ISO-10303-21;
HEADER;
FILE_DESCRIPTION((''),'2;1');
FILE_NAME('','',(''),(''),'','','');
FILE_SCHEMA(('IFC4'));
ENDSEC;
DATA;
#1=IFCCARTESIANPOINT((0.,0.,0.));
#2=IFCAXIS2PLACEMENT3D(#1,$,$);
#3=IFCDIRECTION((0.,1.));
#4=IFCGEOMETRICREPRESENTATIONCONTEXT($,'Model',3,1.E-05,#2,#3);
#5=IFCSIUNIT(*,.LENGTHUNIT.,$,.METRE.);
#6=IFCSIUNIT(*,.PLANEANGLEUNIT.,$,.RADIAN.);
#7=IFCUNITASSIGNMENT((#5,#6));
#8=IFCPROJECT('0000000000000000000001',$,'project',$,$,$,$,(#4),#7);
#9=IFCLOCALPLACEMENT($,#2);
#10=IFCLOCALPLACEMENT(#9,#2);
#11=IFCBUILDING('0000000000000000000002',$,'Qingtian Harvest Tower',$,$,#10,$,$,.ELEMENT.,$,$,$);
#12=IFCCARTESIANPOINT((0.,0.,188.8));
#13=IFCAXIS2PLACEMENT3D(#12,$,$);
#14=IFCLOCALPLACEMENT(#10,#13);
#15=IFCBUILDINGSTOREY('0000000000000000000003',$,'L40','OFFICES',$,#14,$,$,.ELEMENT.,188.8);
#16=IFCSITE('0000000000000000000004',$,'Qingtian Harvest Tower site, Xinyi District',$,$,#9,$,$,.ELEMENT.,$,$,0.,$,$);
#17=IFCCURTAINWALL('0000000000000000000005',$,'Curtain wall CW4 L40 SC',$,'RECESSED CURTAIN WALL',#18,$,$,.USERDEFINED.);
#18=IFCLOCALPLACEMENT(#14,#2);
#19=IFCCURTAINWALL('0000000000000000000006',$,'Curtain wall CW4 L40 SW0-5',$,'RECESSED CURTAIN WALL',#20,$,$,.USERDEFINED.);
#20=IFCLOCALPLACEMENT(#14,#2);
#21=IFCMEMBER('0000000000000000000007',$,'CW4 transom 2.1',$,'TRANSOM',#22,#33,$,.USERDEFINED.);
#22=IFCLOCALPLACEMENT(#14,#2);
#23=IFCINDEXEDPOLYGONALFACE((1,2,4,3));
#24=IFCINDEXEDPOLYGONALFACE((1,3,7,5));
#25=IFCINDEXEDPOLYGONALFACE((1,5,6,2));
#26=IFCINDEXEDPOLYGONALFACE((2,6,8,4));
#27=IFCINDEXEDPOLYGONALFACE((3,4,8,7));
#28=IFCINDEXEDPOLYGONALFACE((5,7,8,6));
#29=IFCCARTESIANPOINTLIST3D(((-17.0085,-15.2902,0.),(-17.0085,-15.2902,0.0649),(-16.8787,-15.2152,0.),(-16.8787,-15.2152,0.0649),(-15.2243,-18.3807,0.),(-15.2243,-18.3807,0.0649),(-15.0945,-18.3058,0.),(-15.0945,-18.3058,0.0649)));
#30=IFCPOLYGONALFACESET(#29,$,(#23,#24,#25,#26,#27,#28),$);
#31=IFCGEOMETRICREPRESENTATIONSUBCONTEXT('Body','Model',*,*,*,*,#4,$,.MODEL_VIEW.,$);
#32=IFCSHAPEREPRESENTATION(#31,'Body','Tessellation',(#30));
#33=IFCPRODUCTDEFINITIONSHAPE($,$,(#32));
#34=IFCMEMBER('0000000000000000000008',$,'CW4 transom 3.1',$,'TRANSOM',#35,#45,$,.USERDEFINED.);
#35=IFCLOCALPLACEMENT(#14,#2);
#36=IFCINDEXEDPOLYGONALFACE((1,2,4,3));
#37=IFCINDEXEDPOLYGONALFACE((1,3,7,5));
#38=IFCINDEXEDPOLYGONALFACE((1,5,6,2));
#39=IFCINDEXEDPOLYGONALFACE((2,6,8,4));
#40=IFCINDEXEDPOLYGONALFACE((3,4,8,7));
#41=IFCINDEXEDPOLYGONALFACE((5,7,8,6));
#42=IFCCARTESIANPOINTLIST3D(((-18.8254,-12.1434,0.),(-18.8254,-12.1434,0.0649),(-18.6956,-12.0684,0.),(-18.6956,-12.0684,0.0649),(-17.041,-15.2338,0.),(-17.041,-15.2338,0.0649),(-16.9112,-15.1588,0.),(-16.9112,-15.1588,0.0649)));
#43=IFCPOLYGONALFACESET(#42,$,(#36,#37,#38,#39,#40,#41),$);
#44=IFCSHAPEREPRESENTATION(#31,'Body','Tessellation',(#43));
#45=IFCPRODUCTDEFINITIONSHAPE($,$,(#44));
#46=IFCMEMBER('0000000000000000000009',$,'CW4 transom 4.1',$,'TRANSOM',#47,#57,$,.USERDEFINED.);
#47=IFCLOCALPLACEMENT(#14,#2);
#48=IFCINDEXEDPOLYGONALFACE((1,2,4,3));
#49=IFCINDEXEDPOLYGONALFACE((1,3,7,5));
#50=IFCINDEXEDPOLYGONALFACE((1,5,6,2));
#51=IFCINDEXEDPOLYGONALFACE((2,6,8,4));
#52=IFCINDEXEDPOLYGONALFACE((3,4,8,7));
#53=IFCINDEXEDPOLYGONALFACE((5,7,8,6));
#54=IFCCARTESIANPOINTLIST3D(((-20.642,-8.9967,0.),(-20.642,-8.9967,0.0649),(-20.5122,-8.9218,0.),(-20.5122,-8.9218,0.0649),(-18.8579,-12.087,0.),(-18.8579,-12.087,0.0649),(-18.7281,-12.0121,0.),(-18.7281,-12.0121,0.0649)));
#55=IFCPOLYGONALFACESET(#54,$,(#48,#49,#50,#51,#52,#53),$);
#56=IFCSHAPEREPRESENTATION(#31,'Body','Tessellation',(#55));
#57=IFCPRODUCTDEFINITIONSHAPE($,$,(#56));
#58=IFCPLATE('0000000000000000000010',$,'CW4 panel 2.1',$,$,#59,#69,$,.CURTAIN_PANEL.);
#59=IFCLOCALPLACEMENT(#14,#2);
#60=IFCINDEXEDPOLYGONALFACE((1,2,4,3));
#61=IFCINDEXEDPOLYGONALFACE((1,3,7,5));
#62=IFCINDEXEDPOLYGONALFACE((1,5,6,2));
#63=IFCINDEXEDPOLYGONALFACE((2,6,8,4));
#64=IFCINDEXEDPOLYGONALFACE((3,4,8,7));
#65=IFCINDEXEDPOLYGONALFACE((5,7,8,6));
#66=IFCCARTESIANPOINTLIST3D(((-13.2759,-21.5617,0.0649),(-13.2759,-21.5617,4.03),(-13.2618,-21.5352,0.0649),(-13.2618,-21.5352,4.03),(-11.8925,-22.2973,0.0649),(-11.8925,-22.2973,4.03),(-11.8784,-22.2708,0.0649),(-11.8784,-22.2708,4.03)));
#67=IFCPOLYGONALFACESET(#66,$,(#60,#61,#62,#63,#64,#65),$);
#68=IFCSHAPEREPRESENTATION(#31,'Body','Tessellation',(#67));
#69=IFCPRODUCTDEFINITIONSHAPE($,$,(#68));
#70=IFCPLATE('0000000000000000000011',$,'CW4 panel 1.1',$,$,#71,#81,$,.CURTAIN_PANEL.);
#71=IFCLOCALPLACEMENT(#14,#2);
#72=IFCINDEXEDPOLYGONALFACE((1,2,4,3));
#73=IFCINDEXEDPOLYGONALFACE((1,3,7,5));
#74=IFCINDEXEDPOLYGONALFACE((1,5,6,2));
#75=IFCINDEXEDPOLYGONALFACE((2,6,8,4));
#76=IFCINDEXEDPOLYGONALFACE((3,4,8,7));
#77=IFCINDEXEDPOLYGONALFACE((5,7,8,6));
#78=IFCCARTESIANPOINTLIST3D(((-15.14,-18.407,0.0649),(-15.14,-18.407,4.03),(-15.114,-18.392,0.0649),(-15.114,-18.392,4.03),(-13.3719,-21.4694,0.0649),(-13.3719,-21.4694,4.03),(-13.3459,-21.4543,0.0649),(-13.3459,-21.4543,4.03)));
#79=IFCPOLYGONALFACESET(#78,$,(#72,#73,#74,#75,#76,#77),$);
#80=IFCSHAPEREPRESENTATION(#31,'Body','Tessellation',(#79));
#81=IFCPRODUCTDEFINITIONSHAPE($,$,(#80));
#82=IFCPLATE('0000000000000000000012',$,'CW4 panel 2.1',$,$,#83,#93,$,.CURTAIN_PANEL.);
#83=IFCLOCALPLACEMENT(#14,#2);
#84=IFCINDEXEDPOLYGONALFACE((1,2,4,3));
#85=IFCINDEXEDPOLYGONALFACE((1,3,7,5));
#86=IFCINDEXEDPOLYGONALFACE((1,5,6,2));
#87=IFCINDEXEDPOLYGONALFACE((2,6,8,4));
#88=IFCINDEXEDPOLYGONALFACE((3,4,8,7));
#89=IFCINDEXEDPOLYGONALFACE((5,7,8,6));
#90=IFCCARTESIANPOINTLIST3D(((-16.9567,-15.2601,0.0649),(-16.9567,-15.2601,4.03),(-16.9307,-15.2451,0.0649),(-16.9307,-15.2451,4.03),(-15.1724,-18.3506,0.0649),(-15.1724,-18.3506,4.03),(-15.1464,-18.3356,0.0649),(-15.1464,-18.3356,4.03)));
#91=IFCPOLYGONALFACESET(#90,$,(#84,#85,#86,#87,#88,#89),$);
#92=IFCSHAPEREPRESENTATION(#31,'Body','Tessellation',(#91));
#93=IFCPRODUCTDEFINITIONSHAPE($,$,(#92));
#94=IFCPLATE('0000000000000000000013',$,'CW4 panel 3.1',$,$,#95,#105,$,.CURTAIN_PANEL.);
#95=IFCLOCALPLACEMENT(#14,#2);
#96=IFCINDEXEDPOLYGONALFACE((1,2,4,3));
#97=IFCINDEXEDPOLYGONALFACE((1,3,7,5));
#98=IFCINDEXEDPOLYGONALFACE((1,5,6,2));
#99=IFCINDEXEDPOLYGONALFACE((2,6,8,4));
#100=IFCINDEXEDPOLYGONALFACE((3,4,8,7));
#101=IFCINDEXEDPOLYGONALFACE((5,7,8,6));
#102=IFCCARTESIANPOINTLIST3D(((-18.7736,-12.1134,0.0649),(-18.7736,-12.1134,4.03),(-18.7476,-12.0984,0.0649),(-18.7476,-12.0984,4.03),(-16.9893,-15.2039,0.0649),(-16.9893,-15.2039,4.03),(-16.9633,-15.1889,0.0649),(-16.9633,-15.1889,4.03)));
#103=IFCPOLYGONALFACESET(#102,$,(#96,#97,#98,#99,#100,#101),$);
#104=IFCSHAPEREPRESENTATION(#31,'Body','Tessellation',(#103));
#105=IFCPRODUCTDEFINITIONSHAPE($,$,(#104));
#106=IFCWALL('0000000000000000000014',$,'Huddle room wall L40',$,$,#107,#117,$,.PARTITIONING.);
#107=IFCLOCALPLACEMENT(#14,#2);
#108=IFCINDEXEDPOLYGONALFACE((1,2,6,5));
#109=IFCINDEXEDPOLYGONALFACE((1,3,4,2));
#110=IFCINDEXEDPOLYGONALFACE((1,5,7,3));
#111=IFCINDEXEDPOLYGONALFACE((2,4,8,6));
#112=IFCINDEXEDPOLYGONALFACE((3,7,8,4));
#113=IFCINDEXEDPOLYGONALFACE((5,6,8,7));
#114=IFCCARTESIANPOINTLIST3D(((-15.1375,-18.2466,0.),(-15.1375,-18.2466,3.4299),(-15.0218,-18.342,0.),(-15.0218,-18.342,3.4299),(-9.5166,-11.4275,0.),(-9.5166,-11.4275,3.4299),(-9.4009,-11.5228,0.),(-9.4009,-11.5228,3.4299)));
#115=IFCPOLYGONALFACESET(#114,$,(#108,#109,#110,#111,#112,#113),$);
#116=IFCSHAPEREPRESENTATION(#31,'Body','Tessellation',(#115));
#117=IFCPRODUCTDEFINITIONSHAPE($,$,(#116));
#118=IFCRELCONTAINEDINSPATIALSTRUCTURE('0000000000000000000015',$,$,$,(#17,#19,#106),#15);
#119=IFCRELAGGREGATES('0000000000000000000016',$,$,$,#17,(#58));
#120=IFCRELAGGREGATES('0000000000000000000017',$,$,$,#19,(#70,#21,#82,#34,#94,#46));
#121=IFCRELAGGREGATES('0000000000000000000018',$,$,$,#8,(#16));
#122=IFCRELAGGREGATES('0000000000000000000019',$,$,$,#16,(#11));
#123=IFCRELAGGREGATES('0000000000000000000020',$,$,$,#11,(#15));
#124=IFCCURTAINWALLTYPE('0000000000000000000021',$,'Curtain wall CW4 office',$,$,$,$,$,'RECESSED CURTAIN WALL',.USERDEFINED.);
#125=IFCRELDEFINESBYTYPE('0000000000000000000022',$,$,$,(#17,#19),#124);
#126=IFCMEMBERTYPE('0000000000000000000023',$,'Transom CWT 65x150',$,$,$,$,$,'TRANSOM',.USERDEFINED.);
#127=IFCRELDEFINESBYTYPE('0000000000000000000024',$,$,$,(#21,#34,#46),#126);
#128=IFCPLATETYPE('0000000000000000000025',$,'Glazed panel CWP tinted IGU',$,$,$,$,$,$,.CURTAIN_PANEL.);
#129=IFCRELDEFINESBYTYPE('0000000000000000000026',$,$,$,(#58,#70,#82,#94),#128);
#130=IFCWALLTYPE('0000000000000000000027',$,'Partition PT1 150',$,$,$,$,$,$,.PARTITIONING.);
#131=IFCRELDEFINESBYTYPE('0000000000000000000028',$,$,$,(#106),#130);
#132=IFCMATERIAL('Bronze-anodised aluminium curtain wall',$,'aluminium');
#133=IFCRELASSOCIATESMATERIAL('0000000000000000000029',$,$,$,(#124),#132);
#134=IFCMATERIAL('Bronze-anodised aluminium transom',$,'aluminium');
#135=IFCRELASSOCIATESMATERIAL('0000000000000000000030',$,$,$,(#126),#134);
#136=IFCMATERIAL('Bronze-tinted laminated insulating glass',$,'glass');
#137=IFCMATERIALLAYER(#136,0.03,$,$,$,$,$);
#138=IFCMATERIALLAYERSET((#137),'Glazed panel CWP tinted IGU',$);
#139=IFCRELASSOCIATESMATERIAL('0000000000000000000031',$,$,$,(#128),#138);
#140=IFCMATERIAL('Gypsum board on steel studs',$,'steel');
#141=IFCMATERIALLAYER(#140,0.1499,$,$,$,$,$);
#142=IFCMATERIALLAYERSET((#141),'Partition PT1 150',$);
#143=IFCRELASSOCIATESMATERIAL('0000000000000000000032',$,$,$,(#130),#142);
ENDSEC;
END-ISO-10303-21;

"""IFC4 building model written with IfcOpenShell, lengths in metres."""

from ifc_helpers import new_model, si_unit, direction, frame, frame_2d, origin, origin_2d, place, context, subcontext, project, spatial, rectangle, extrude, material, layer, layer_set, material_profile, profile_set, type_object, element, aggregate, save


model = new_model("IFC4")

# Units and contexts
model_context = context("Model", 3, precision=1e-05, world=origin(), true_north=direction((0.0, 1.0)))
body_context = subcontext(model_context, "Body", "Model", "MODEL_VIEW")
ifc_project = project(units=[si_unit("LENGTHUNIT", "METRE"), si_unit("PLANEANGLEUNIT", "RADIAN")], contexts=[model_context])

# Site, building, storey
site_placement = place(None, origin())
site = spatial("IfcSite", under=ifc_project, at=site_placement, Name="Qingtian Harvest Tower site, Xinyi District", CompositionType="ELEMENT", RefElevation=0.0)
building_placement = place(site_placement, origin())
building = spatial("IfcBuilding", under=site, at=building_placement, Name="Qingtian Harvest Tower", CompositionType="ELEMENT")
storey_placement = place(building_placement, frame((0.0, 0.0, 188.8)))
storey = spatial("IfcBuildingStorey", under=building, at=storey_placement, Name="L40", Description="OFFICES", CompositionType="ELEMENT", Elevation=188.8)

# Curtain wall
ifc_material_1 = material(Name="Bronze-anodised aluminium curtain wall", Category="aluminium")
curtain_wall_type = type_object("IfcCurtainWallType", Name="Curtain wall CW4 office", ElementType="RECESSED CURTAIN WALL", PredefinedType="USERDEFINED", material=ifc_material_1)
curtain_wall_1_placement = place(storey_placement, origin())
curtain_wall_1 = element("IfcCurtainWall", 1, at=curtain_wall_1_placement, inside=storey, type_object=curtain_wall_type, Name="Curtain wall CW4 L40 SC", ObjectType="RECESSED CURTAIN WALL", PredefinedType="USERDEFINED")

# Curtain wall
curtain_wall_2_placement = place(storey_placement, origin())
curtain_wall_2 = element("IfcCurtainWall", 2, at=curtain_wall_2_placement, inside=storey, type_object=curtain_wall_type, Name="Curtain wall CW4 L40 SW0-5", ObjectType="RECESSED CURTAIN WALL", PredefinedType="USERDEFINED")

# Members
ifc_material_2 = material(Name="Bronze-anodised aluminium transom", Category="aluminium")
ifc_material_profile_1 = material_profile(ifc_material_2, rectangle(XDim=0.1499, YDim=0.0649, at=origin_2d()), Name="AL 65x150")
ifc_profile_set_1 = profile_set([ifc_material_profile_1], Name="Bronze-anodised aluminium transom")
member_type_1 = type_object("IfcMemberType", Name="Transom CWT 65x150", ElementType="TRANSOM", PredefinedType="USERDEFINED", material=ifc_profile_set_1)
member_1_placement = place(storey_placement, frame((-15.1594, -18.3433, 0.0325), z_axis=(-0.499965, 0.866045, 0.0), x_axis=(-0.866045, -0.499965, 0.0)))
member_1 = element("IfcMember", 3, at=member_1_placement, type_object=member_type_1, Name="CW4 transom 2.1", ObjectType="TRANSOM", PredefinedType="USERDEFINED", context=body_context, shape_type="SweptSolid", body=[
    extrude(rectangle(XDim=0.1499, YDim=0.0649, at=origin_2d()), origin(), (0.0, 0.0, 1.0), 3.5686),
])
member_2_placement = place(storey_placement, frame((-16.9761, -15.1963, 0.0325), z_axis=(-0.500046, 0.865999, 0.0), x_axis=(-0.865999, -0.500046, 0.0)))
member_2 = element("IfcMember", 4, at=member_2_placement, type_object=member_type_1, Name="CW4 transom 3.1", ObjectType="TRANSOM", PredefinedType="USERDEFINED", context=body_context, shape_type="SweptSolid", body=[
    extrude(rectangle(XDim=0.1499, YDim=0.0649, at=origin_2d()), origin(), (0.0, 0.0, 1.0), 3.5686),
])
member_3_placement = place(storey_placement, frame((-18.793, -12.0496, 0.0325), z_axis=(-0.499995, 0.866028, 0.0), x_axis=(-0.866028, -0.499995, 0.0)))
member_3 = element("IfcMember", 5, at=member_3_placement, type_object=member_type_1, Name="CW4 transom 4.1", ObjectType="TRANSOM", PredefinedType="USERDEFINED", context=body_context, shape_type="SweptSolid", body=[
    extrude(rectangle(XDim=0.1499, YDim=0.0649, at=origin_2d()), origin(), (0.0, 0.0, 1.0), 3.5684),
])

# Plates
ifc_material_3 = material(Name="Bronze-tinted laminated insulating glass", Category="glass")
ifc_layer_1 = layer(ifc_material_3, 0.03)
ifc_layer_set_1 = layer_set([ifc_layer_1], Name="Glazed panel CWP tinted IGU")
plate_type = type_object("IfcPlateType", Name="Glazed panel CWP tinted IGU", PredefinedType="CURTAIN_PANEL", material=ifc_layer_set_1)
plate_1_placement = place(storey_placement, frame((-12.5771, -21.9163, 0.0649), z_axis=(0.0, 0.0, 1.0), x_axis=(-0.882948, 0.469472, 0.0)))
plate_1 = element("IfcPlate", 6, at=plate_1_placement, type_object=plate_type, Name="CW4 panel 2.1", PredefinedType="CURTAIN_PANEL", context=body_context, shape_type="SweptSolid", body=[
    extrude(rectangle(XDim=1.5669, YDim=0.03, at=origin_2d()), origin(), (0.0, 0.0, 1.0), 3.9651),
])
aggregate(curtain_wall_1, [plate_1])
plate_2_placement = place(storey_placement, frame((-14.2429, -19.9307, 0.0649), z_axis=(0.0, 0.0, 1.0), x_axis=(-0.5, 0.866025, 0.0)))
plate_2 = element("IfcPlate", 7, at=plate_2_placement, type_object=plate_type, Name="CW4 panel 1.1", PredefinedType="CURTAIN_PANEL", context=body_context, shape_type="SweptSolid", body=[
    extrude(rectangle(XDim=3.5361, YDim=0.03, at=origin_2d()), origin(), (0.0, 0.0, 1.0), 3.9651),
])
plate_3_placement = place(storey_placement, frame((-16.0515, -16.7979, 0.0649), z_axis=(0.0, 0.0, 1.0), x_axis=(-0.5, 0.866025, 0.0)))
plate_3 = element("IfcPlate", 8, at=plate_3_placement, type_object=plate_type, Name="CW4 panel 2.1", PredefinedType="CURTAIN_PANEL", context=body_context, shape_type="SweptSolid", body=[
    extrude(rectangle(XDim=3.5686, YDim=0.03, at=origin_2d()), origin(), (0.0, 0.0, 1.0), 3.9651),
])
plate_4_placement = place(storey_placement, frame((-17.8684, -13.6511, 0.0649), z_axis=(0.0, 0.0, 1.0), x_axis=(-0.5, 0.866025, 0.0)))
plate_4 = element("IfcPlate", 9, at=plate_4_placement, type_object=plate_type, Name="CW4 panel 3.1", PredefinedType="CURTAIN_PANEL", context=body_context, shape_type="SweptSolid", body=[
    extrude(rectangle(XDim=3.5686, YDim=0.03, at=origin_2d()), origin(), (0.0, 0.0, 1.0), 3.9651),
])
aggregate(curtain_wall_2, [plate_2, member_1, plate_3, member_2, plate_4, member_3])

# Wall
ifc_material_4 = material(Name="Gypsum board on steel studs", Category="steel")
ifc_layer_2 = layer(ifc_material_4, 0.1499)
ifc_layer_set_2 = layer_set([ifc_layer_2], Name="Partition PT1 150")
wall_type = type_object("IfcWallType", Name="Partition PT1 150", PredefinedType="PARTITIONING", material=ifc_layer_set_2)
wall_placement = place(storey_placement, frame((-15.0796, -18.2942, 0.0), z_axis=(0.0, 0.0, 1.0), x_axis=(0.636053, 0.771645, 0.0)))
element("IfcWall", 10, at=wall_placement, inside=storey, type_object=wall_type, Name="Huddle room wall L40", PredefinedType="PARTITIONING", context=body_context, shape_type="SweptSolid", body=[
    extrude(rectangle(XDim=8.8372, YDim=0.1499, at=frame_2d((4.4185, 0.0))), origin(), (0.0, 0.0, 1.0), 3.4299),
])

save(model, "model.ifc")
